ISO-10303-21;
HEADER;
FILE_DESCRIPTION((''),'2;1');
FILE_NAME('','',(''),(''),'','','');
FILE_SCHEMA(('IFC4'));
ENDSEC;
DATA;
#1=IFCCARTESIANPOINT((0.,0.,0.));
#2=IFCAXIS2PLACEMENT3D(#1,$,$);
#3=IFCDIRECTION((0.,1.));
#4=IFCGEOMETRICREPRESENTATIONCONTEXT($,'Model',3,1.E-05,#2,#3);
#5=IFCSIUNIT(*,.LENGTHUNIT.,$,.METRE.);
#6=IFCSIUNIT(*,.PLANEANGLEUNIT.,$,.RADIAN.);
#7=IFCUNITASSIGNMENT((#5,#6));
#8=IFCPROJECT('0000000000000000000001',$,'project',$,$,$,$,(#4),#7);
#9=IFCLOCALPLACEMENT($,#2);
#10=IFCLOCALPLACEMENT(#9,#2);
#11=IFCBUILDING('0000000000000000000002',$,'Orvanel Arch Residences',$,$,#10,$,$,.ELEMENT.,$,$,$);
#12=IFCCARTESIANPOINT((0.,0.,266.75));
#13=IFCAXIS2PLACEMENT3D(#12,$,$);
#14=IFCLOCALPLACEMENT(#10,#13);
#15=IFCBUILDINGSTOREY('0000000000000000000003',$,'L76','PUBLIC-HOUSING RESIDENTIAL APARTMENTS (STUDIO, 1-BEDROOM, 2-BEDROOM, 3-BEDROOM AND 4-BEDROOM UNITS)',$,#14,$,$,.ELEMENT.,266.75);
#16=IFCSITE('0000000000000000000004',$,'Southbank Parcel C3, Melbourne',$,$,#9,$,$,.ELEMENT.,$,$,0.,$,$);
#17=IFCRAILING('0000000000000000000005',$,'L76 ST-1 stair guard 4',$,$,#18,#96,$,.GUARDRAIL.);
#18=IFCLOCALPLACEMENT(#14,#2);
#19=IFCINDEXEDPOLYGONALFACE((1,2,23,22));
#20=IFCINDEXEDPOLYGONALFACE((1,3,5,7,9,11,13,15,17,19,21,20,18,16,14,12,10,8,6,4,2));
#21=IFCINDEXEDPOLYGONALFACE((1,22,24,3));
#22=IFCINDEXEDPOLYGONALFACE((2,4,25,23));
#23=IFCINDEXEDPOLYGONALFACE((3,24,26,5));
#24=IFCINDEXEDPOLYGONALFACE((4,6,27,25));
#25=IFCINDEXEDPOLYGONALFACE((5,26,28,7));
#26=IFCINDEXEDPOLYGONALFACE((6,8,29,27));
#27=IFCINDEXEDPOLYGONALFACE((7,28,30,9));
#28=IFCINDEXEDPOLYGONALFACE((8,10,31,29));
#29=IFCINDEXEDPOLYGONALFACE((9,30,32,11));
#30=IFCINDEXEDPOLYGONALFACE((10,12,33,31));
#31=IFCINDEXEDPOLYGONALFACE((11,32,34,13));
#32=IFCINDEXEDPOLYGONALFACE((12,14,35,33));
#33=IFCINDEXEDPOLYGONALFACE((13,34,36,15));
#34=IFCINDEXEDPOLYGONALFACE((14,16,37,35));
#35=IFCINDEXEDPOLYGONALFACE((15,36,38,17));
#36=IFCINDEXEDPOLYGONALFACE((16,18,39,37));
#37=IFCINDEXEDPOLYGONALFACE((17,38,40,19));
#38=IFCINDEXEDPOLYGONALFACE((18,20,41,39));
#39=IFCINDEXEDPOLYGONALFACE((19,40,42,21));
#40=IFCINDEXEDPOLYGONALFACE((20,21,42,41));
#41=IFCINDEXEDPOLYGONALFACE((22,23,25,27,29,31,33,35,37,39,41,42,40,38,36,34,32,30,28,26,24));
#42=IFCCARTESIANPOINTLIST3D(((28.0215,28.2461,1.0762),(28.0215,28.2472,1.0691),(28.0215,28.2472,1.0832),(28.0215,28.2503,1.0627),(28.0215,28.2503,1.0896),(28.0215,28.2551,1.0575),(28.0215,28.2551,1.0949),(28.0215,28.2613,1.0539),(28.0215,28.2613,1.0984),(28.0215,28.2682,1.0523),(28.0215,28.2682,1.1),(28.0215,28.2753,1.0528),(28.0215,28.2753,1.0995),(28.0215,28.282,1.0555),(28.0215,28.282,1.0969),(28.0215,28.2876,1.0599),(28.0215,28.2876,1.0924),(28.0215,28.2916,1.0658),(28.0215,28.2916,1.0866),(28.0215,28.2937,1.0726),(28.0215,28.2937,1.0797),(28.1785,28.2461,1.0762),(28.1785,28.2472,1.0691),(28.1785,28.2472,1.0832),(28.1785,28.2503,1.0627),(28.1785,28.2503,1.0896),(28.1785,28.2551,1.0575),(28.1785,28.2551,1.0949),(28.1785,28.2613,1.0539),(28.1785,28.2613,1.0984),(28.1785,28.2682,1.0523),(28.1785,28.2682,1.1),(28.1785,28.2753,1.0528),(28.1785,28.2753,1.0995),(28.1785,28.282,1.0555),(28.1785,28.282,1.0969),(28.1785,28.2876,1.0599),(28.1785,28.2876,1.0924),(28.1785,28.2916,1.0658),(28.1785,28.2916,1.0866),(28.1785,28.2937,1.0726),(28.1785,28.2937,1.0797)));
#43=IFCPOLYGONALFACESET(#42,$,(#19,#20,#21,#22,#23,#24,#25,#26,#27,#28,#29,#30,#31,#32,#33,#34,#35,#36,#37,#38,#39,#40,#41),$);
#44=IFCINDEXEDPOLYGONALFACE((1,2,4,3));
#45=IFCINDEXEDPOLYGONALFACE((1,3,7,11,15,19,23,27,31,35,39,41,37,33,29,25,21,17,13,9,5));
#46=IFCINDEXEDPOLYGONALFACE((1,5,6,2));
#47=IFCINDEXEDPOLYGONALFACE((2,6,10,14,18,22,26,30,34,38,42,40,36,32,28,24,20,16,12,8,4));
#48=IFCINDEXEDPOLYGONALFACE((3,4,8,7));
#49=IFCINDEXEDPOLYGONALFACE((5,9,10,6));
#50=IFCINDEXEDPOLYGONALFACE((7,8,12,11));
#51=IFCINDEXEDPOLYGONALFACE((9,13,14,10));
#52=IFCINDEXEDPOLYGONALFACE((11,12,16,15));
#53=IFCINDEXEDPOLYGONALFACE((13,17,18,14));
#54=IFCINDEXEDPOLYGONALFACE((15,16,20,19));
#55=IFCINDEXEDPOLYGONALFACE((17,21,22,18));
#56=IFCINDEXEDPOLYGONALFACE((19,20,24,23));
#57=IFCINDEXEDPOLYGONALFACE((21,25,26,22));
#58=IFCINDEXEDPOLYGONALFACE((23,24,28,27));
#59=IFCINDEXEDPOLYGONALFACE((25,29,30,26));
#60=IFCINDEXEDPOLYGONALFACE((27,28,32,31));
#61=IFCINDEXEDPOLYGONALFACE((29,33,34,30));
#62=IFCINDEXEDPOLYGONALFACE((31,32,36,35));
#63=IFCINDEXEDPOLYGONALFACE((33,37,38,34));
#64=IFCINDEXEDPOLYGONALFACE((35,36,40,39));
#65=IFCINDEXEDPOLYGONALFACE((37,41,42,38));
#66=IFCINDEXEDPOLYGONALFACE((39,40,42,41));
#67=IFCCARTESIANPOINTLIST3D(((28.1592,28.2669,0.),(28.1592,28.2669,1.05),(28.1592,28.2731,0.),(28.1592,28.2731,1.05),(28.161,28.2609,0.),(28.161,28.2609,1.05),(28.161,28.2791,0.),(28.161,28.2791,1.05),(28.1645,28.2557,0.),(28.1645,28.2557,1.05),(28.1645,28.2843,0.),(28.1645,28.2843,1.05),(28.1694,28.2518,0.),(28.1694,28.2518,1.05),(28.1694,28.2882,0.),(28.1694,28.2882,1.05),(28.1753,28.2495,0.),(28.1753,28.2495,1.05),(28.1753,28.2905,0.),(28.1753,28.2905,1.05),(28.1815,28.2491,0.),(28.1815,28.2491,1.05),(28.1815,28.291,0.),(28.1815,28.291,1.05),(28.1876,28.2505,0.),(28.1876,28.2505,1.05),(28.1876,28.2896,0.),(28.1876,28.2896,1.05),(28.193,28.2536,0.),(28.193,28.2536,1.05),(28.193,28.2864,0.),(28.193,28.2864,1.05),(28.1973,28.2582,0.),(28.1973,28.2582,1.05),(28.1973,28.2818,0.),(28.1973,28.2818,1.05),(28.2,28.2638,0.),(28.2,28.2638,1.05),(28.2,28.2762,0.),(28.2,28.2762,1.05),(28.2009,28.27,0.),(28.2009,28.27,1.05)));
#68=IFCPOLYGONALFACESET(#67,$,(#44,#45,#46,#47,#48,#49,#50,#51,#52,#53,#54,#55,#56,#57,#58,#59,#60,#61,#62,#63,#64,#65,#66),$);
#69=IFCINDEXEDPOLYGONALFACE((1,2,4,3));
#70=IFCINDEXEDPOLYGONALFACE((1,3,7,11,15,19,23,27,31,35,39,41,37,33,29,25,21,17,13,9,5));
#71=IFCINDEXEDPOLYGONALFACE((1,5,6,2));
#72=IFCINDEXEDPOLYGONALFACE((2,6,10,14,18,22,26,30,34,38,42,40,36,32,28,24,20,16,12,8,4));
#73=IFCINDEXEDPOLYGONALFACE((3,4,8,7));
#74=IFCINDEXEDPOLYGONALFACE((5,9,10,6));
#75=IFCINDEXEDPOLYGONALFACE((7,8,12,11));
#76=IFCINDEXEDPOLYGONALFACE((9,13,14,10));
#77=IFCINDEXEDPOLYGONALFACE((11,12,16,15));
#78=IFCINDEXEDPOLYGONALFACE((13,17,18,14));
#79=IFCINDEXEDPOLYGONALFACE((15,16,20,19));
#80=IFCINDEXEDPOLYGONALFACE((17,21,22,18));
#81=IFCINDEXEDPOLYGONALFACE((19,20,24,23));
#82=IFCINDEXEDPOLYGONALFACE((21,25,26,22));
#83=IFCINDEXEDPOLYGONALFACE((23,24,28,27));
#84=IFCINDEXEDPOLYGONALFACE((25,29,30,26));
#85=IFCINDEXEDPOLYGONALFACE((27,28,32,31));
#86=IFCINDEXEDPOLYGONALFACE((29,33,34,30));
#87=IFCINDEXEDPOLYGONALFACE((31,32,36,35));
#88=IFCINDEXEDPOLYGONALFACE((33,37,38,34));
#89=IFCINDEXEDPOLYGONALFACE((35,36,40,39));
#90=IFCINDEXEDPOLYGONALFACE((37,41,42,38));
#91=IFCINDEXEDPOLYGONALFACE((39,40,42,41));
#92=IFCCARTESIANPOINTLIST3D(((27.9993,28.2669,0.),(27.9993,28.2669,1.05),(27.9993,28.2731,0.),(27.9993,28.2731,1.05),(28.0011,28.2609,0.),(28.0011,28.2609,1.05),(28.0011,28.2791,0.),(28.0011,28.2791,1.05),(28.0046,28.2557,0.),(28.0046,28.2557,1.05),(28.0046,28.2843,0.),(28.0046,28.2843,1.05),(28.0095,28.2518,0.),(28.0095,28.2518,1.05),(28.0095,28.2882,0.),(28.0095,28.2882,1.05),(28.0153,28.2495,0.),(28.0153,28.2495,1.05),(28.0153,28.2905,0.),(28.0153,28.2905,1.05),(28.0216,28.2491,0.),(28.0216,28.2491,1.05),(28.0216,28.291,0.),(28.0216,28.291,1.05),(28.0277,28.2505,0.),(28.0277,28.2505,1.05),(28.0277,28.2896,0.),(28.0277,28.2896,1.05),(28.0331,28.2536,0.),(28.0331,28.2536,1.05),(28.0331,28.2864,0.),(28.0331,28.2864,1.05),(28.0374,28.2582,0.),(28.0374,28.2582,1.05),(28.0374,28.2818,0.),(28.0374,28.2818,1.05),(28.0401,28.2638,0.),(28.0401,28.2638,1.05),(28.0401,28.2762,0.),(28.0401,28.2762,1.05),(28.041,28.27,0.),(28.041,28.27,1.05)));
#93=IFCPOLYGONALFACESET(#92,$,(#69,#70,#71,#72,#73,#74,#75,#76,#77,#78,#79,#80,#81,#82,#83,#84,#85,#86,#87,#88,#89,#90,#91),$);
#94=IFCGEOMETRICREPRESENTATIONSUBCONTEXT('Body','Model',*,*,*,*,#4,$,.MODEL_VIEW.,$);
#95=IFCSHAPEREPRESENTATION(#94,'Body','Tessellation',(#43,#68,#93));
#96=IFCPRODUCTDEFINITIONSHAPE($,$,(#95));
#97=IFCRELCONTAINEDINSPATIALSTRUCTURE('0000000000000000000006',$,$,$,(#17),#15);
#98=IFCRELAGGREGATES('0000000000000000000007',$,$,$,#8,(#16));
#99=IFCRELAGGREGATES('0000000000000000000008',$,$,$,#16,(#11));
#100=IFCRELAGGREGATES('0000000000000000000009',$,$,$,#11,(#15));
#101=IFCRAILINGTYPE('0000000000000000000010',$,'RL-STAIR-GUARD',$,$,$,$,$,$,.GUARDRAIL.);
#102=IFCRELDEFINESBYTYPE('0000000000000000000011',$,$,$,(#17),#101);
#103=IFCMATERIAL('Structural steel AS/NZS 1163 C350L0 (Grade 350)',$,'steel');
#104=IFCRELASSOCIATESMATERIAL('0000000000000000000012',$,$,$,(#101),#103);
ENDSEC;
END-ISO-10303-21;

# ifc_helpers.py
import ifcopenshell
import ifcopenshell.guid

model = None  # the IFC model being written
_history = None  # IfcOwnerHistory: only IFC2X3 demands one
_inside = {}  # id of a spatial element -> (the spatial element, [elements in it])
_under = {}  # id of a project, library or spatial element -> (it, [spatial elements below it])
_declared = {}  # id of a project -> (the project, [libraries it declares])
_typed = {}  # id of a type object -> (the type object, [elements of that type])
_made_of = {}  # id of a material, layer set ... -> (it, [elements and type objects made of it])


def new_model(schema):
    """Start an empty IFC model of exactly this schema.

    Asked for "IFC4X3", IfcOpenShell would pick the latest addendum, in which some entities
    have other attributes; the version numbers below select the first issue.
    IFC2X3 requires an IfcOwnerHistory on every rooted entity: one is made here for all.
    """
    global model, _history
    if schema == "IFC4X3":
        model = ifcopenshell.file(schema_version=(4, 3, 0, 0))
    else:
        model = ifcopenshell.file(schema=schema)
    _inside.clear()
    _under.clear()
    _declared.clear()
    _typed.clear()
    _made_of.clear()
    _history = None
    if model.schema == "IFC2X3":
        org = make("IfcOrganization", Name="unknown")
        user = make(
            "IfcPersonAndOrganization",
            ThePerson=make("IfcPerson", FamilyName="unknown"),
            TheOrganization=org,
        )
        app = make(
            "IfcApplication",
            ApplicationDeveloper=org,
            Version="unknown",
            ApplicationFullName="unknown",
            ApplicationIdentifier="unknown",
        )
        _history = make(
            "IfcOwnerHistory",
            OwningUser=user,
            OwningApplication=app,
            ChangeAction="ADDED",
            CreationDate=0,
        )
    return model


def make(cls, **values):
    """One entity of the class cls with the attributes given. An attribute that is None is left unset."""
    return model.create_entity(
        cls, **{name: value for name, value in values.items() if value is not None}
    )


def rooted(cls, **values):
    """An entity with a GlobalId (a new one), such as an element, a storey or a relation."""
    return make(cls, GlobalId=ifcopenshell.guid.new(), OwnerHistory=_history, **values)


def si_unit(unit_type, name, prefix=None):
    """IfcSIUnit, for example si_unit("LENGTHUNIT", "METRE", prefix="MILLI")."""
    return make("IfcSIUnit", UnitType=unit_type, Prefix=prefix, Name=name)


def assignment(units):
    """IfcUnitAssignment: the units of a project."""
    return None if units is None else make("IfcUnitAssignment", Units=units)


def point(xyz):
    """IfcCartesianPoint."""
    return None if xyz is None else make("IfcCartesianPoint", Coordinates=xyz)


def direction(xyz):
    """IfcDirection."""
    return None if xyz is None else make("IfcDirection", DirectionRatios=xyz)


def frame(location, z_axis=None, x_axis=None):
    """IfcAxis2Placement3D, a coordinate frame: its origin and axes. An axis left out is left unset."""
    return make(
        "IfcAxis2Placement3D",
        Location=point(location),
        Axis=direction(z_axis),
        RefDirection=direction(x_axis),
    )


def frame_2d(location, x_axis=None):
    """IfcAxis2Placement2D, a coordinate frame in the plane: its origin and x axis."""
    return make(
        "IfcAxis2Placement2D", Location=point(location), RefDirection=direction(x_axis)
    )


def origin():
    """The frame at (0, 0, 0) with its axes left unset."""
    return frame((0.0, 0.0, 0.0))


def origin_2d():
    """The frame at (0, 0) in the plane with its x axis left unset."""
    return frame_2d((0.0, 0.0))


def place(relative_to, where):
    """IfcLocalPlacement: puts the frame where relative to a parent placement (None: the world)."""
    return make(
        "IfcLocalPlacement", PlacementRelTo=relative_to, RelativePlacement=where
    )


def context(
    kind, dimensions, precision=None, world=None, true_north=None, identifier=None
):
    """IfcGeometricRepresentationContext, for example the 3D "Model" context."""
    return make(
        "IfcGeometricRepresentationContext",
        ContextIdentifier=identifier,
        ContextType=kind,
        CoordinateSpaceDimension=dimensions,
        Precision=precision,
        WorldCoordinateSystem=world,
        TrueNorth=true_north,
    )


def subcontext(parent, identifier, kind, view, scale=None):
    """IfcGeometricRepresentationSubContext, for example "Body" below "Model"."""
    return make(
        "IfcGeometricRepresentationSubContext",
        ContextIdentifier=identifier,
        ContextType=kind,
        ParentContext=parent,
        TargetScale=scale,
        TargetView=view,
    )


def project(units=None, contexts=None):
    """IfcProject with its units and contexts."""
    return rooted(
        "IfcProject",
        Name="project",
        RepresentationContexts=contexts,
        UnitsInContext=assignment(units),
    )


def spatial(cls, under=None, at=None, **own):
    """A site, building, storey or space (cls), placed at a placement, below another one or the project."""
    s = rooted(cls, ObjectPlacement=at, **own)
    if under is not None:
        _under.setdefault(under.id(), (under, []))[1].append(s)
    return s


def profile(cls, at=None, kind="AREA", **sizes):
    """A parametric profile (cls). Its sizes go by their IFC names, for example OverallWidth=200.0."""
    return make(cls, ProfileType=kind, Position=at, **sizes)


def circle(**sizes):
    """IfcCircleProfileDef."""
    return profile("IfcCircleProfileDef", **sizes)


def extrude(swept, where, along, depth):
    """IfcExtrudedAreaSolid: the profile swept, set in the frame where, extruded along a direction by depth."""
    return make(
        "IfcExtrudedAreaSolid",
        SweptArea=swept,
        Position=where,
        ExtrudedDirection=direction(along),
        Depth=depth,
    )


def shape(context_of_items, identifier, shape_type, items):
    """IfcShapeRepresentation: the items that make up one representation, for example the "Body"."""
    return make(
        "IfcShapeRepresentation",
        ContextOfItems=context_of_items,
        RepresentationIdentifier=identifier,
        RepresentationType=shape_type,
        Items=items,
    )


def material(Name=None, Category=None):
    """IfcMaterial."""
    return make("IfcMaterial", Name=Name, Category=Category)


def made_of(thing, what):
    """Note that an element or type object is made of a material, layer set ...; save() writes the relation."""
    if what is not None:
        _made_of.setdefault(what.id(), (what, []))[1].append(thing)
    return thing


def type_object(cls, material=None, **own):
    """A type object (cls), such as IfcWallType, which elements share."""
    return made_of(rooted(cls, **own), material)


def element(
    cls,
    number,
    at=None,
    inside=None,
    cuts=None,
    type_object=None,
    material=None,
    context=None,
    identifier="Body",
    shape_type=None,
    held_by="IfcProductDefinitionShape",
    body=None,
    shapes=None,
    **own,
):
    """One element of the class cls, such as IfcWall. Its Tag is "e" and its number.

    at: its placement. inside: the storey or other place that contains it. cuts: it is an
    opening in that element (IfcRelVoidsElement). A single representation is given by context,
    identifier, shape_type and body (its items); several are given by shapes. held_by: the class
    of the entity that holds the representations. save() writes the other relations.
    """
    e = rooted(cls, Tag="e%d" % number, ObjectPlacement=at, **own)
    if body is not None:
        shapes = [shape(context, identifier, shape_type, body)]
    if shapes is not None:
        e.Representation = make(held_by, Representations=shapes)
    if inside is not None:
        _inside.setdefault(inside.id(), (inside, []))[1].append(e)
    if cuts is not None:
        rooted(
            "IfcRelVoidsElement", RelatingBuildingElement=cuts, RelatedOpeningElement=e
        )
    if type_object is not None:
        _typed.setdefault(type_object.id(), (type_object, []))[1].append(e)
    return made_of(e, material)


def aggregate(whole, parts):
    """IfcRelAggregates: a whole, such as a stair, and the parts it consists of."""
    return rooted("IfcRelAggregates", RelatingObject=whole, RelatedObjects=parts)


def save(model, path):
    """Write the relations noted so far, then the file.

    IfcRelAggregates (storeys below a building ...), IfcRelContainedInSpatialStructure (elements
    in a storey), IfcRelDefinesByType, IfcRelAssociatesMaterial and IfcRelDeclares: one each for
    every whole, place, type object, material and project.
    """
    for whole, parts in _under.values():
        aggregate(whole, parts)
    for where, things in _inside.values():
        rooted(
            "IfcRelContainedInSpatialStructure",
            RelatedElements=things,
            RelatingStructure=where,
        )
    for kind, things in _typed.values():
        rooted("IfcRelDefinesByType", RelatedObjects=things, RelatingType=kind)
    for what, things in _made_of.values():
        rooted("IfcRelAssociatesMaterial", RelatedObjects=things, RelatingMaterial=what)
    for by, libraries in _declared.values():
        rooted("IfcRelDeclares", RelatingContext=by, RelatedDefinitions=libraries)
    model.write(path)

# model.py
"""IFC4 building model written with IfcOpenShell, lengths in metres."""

from ifc_helpers import new_model, si_unit, direction, frame, origin, origin_2d, place, context, subcontext, project, spatial, circle, extrude, material, type_object, element, save


model = new_model("IFC4")

# Units and contexts
model_context = context("Model", 3, precision=1e-05, world=origin(), true_north=direction((0.0, 1.0)))
body_context = subcontext(model_context, "Body", "Model", "MODEL_VIEW")
ifc_project = project(units=[si_unit("LENGTHUNIT", "METRE"), si_unit("PLANEANGLEUNIT", "RADIAN")], contexts=[model_context])

# Site, building, storey
site_placement = place(None, origin())
site = spatial("IfcSite", under=ifc_project, at=site_placement, Name="Southbank Parcel C3, Melbourne", CompositionType="ELEMENT", RefElevation=0.0)
building_placement = place(site_placement, origin())
building = spatial("IfcBuilding", under=site, at=building_placement, Name="Orvanel Arch Residences", CompositionType="ELEMENT")
storey_placement = place(building_placement, frame((0.0, 0.0, 266.75)))
storey = spatial("IfcBuildingStorey", under=building, at=storey_placement, Name="L76", Description="PUBLIC-HOUSING RESIDENTIAL APARTMENTS (STUDIO, 1-BEDROOM, 2-BEDROOM, 3-BEDROOM AND 4-BEDROOM UNITS)", CompositionType="ELEMENT", Elevation=266.75)

# Railing
ifc_material_1 = material(Name="Structural steel AS/NZS 1163 C350L0 (Grade 350)", Category="steel")
railing_type_1 = type_object("IfcRailingType", Name="RL-STAIR-GUARD", PredefinedType="GUARDRAIL", material=ifc_material_1)
railing_1_placement = place(storey_placement, frame((28.1799, 28.27, 0.0)))
element("IfcRailing", 1, at=railing_1_placement, inside=storey, type_object=railing_type_1, Name="L76 ST-1 stair guard 4", PredefinedType="GUARDRAIL", context=body_context, shape_type="SweptSolid", body=[
    extrude(circle(Radius=0.0239, at=origin_2d()), frame((-0.0015, 0.0, 1.0762), z_axis=(-1.0, 0.0, 0.0), x_axis=(0.0, -1.0, 0.0)), (0.0, 0.0, 1.0), 0.157),
    extrude(circle(Radius=0.021, at=origin_2d()), origin(), (0.0, 0.0, 1.0), 1.05),
    extrude(circle(Radius=0.021, at=origin_2d()), frame((-0.1599, 0.0, 0.0)), (0.0, 0.0, 1.0), 1.05),
])

save(model, "model.ifc")
